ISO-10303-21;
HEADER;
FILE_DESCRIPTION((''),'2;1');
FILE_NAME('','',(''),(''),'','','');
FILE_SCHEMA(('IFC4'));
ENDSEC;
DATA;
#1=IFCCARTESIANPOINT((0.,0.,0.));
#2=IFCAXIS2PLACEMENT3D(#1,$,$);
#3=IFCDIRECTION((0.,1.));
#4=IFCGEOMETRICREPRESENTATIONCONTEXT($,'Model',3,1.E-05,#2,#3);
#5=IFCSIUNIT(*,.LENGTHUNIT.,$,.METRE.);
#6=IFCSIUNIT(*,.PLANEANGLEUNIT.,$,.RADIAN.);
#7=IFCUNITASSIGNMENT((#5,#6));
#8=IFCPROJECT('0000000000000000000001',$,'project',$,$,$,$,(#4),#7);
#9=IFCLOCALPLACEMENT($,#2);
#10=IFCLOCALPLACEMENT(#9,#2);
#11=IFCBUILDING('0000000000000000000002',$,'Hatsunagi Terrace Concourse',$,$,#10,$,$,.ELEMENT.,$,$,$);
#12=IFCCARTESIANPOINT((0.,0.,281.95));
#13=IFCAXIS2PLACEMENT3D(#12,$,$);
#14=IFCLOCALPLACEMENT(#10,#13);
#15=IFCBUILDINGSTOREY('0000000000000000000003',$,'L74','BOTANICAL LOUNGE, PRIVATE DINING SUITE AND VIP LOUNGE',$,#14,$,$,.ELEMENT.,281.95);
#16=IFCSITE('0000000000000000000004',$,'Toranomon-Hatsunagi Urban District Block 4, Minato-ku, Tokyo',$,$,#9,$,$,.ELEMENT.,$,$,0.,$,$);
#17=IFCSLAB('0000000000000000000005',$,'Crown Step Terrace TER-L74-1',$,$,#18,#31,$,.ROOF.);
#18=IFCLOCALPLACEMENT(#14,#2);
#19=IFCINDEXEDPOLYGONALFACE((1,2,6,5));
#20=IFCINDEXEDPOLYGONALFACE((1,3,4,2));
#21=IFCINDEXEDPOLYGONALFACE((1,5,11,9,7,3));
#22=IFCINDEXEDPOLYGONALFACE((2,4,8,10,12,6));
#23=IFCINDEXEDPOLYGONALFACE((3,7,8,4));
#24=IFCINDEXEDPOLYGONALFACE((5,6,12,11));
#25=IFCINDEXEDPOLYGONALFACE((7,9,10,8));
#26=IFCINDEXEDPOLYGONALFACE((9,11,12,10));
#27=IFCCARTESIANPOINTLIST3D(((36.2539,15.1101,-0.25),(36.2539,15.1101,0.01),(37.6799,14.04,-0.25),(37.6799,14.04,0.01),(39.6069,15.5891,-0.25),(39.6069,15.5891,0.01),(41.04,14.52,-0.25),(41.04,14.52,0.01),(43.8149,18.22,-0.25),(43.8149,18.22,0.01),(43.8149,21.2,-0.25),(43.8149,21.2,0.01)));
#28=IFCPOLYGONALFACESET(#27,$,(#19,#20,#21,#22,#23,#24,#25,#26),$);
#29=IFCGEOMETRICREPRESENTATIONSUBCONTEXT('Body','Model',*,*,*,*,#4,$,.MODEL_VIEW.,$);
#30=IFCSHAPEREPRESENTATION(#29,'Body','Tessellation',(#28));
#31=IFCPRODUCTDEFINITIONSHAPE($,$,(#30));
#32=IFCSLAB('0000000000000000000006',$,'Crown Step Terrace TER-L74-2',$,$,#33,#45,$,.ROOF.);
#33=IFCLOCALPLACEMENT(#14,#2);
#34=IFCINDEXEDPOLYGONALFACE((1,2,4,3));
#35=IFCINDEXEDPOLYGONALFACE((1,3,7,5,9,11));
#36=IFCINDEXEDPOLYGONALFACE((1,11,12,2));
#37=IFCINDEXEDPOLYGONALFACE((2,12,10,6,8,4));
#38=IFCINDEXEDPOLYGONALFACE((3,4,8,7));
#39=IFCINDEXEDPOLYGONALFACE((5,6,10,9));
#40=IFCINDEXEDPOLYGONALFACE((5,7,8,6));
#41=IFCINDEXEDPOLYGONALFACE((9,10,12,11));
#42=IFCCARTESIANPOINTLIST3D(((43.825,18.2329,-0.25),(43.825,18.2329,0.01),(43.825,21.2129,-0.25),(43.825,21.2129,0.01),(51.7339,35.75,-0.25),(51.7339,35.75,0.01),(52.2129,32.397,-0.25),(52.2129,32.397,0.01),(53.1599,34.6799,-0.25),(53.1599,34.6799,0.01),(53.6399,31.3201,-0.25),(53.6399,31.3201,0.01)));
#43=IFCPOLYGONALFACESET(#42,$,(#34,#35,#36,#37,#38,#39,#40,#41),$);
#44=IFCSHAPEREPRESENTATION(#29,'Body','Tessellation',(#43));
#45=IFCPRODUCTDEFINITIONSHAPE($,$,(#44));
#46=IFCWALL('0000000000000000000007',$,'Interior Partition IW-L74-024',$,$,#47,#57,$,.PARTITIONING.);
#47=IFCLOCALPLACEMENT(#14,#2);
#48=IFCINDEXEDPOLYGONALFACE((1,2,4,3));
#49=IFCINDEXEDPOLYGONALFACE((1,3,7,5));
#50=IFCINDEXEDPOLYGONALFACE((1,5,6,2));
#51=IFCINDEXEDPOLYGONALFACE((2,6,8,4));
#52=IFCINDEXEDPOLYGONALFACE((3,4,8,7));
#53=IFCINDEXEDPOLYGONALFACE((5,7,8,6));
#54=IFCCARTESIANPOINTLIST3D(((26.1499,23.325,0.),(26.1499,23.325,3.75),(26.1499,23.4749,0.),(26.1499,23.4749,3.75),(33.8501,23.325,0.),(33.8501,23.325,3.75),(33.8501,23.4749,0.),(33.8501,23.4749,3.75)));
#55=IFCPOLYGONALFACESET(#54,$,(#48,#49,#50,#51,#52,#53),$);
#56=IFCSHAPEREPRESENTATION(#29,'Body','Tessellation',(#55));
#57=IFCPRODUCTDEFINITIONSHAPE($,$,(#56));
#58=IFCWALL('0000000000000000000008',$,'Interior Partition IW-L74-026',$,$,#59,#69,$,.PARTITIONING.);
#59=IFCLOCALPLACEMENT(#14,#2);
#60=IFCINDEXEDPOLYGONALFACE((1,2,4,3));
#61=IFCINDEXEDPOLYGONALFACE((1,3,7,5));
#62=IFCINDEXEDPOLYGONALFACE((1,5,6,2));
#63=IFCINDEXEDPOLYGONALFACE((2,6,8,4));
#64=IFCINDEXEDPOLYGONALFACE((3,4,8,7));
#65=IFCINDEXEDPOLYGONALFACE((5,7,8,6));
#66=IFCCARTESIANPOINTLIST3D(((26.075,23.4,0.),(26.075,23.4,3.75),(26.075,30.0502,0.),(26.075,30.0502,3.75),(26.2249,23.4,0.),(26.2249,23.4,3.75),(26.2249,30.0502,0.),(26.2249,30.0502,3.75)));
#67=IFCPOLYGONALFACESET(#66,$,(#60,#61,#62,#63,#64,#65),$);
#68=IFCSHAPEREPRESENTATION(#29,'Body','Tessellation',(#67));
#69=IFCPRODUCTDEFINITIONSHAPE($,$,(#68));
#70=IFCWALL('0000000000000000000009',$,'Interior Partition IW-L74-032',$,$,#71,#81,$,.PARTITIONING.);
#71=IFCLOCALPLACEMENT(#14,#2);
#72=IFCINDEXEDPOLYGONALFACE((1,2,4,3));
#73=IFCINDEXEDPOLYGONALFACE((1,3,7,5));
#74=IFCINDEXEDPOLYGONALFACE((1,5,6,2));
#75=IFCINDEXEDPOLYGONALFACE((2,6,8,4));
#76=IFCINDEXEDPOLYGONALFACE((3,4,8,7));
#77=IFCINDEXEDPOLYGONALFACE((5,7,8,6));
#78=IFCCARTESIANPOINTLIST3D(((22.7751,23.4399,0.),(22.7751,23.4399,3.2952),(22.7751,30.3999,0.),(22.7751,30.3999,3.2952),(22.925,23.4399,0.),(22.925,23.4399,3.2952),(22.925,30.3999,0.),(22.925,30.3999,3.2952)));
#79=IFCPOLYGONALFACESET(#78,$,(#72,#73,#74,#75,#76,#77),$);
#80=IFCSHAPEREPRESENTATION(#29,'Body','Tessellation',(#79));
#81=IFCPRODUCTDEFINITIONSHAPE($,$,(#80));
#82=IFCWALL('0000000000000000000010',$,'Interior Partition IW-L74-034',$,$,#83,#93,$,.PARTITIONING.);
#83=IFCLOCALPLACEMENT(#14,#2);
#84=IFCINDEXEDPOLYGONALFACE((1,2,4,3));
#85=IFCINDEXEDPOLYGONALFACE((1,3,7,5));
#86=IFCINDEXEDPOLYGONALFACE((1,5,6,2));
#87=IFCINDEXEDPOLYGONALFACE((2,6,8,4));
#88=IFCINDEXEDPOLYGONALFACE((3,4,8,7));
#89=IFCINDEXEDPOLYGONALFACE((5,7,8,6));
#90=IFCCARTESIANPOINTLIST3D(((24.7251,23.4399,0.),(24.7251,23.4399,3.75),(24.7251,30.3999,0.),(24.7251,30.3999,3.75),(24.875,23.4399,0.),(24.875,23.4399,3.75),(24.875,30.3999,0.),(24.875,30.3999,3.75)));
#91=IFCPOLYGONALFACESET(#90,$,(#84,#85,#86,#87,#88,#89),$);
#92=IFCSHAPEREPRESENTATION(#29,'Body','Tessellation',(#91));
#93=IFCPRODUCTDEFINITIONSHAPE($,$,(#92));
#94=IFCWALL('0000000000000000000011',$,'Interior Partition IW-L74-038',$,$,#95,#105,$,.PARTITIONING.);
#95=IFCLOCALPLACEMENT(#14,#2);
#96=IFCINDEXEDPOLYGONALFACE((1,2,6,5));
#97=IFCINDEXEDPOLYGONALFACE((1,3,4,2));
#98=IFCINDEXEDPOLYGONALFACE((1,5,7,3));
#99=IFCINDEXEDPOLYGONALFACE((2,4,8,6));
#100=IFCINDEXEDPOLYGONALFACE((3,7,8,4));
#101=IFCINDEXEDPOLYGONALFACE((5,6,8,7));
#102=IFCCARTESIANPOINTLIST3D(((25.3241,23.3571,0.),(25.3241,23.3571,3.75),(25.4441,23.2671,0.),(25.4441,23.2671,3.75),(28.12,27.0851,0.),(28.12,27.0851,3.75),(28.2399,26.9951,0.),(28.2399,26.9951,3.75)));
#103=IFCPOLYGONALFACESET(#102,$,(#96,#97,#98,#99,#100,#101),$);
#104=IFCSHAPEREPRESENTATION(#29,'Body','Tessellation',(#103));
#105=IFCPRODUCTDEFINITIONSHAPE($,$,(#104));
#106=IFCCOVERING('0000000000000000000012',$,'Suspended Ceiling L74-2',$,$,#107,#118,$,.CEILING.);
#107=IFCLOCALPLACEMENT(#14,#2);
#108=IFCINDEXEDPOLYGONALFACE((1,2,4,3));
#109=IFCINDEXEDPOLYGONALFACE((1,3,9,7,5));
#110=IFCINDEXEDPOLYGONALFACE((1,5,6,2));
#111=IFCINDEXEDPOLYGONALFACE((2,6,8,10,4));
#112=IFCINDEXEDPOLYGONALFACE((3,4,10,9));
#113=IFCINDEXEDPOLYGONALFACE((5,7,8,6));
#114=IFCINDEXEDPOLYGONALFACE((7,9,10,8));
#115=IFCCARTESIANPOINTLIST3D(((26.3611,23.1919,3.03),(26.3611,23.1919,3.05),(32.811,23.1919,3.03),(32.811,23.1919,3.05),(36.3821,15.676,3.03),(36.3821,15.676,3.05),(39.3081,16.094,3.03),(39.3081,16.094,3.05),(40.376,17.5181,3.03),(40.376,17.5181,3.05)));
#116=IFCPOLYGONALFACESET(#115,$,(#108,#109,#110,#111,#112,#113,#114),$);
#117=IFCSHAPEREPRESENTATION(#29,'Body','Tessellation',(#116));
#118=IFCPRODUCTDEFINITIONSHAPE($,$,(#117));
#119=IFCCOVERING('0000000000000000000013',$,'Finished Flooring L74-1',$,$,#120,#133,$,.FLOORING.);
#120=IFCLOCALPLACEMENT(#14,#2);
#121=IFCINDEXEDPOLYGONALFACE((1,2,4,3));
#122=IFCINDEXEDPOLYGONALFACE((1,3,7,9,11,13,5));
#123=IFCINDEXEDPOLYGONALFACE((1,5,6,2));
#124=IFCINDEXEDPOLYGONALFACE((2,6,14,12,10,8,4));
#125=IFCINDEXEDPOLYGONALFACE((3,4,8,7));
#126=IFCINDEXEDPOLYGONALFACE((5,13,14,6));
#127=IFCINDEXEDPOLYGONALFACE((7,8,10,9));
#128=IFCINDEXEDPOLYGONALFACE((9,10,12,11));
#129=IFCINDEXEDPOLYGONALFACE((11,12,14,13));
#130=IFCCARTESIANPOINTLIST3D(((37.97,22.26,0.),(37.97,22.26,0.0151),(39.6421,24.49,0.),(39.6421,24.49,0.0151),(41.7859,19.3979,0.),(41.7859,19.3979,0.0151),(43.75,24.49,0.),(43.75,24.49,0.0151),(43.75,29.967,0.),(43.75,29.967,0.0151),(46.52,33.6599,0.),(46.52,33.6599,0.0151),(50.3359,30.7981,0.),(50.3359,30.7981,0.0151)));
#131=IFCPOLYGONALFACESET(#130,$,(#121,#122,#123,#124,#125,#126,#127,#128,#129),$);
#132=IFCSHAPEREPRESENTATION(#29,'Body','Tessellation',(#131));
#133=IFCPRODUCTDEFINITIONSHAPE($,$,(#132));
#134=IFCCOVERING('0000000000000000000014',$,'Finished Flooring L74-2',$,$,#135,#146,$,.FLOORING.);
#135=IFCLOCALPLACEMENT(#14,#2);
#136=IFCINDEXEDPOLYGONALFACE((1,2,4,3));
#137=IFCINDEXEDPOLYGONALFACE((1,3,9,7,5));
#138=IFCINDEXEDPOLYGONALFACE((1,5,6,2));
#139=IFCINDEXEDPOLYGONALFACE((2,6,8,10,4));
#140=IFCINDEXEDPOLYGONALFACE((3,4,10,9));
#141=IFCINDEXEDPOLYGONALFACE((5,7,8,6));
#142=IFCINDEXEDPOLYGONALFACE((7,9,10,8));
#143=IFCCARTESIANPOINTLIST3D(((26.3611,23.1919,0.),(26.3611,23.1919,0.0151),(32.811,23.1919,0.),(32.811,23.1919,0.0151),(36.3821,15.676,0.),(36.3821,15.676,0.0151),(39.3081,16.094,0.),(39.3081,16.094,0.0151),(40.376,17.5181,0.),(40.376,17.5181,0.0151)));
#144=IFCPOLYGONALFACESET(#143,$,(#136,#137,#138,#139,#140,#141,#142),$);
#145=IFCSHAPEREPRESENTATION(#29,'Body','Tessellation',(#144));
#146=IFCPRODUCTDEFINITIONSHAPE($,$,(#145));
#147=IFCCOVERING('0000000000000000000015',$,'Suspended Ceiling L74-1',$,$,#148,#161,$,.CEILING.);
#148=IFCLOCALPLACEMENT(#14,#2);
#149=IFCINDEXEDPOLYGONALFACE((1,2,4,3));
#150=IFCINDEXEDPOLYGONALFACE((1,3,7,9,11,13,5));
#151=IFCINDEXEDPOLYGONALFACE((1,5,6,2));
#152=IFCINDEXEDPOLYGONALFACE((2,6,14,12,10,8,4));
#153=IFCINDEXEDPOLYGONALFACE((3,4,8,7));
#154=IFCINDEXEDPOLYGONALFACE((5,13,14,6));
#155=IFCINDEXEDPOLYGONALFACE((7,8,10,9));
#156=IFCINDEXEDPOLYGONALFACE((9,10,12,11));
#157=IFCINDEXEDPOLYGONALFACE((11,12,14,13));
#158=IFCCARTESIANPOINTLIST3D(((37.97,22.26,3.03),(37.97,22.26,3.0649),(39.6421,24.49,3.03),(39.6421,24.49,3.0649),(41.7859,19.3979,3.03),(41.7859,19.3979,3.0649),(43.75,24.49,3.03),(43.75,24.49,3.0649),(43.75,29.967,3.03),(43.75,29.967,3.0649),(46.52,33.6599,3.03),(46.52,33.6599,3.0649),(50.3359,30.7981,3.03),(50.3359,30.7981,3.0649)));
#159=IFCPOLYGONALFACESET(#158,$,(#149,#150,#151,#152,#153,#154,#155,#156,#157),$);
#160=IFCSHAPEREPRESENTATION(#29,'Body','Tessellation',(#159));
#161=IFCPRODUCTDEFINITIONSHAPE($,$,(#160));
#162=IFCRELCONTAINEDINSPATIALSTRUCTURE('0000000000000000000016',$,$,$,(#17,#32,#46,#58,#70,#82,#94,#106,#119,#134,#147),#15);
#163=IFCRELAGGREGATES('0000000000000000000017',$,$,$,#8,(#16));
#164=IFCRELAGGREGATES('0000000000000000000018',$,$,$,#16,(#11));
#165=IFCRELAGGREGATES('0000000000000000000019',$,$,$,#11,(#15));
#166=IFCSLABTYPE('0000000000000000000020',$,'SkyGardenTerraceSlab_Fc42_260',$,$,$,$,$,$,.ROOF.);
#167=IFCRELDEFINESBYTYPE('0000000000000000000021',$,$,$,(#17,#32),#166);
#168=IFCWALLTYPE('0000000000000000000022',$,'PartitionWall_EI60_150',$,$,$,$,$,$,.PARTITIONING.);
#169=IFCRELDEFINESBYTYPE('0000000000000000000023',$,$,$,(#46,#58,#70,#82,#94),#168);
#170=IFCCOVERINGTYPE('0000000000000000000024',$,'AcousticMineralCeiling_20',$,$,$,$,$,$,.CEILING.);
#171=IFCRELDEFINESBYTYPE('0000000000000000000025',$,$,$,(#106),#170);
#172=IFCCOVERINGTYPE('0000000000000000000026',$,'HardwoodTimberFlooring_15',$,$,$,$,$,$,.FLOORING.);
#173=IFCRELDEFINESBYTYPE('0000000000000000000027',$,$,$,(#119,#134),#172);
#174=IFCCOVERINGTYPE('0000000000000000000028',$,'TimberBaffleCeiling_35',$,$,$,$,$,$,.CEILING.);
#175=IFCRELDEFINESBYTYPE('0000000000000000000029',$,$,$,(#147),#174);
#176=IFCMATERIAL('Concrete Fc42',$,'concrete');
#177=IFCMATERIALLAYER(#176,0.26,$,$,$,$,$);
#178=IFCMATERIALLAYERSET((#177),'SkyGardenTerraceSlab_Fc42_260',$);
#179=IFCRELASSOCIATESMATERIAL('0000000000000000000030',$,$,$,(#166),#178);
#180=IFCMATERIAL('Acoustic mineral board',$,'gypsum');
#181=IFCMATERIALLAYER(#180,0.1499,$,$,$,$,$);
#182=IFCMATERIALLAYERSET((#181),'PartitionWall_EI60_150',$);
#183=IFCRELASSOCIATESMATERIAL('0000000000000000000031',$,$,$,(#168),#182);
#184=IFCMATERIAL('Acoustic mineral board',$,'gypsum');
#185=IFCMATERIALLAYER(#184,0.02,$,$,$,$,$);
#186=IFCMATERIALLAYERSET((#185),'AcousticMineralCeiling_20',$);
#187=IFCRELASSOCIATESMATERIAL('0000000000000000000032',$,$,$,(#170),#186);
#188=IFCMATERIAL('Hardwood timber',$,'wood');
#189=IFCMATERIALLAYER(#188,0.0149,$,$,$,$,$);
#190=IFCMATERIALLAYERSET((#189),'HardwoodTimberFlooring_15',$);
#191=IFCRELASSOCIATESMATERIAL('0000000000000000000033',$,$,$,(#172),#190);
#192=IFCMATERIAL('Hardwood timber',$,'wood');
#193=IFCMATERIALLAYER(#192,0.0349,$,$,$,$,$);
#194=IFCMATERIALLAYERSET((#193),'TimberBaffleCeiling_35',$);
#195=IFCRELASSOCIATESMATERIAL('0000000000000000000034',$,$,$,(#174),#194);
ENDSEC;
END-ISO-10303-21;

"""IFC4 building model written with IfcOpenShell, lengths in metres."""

from ifc_helpers import new_model, si_unit, direction, frame, frame_2d, origin, place, context, subcontext, project, spatial, polyline, rectangle, outline, extrude, material, layer, layer_set, type_object, element, save


model = new_model("IFC4")

# Units and contexts
model_context = context("Model", 3, precision=1e-05, world=origin(), true_north=direction((0.0, 1.0)))
body_context = subcontext(model_context, "Body", "Model", "MODEL_VIEW")
ifc_project = project(units=[si_unit("LENGTHUNIT", "METRE"), si_unit("PLANEANGLEUNIT", "RADIAN")], contexts=[model_context])

# Site, building, storey
site_placement = place(None, origin())
site = spatial("IfcSite", under=ifc_project, at=site_placement, Name="Toranomon-Hatsunagi Urban District Block 4, Minato-ku, Tokyo", CompositionType="ELEMENT", RefElevation=0.0)
building_placement = place(site_placement, origin())
building = spatial("IfcBuilding", under=site, at=building_placement, Name="Hatsunagi Terrace Concourse", CompositionType="ELEMENT")
storey_placement = place(building_placement, frame((0.0, 0.0, 281.95)))
storey = spatial("IfcBuildingStorey", under=building, at=storey_placement, Name="L74", Description="BOTANICAL LOUNGE, PRIVATE DINING SUITE AND VIP LOUNGE", CompositionType="ELEMENT", Elevation=281.95)

# Slabs
ifc_material_1 = material(Name="Concrete Fc42", Category="concrete")
ifc_layer_1 = layer(ifc_material_1, 0.26)
ifc_layer_set_1 = layer_set([ifc_layer_1], Name="SkyGardenTerraceSlab_Fc42_260")
slab_type_1 = type_object("IfcSlabType", Name="SkyGardenTerraceSlab_Fc42_260", PredefinedType="ROOF", material=ifc_layer_set_1)
slab_1_placement = place(storey_placement, frame((0.0, 0.0, -0.25)))
element("IfcSlab", 1, at=slab_1_placement, inside=storey, type_object=slab_type_1, Name="Crown Step Terrace TER-L74-1", PredefinedType="ROOF", context=body_context, shape_type="SweptSolid", body=[
    extrude(outline(polyline([(41.04, 14.52), (43.8149, 18.22), (43.8149, 21.2), (39.6069, 15.5891), (36.2539, 15.1101), (37.6799, 14.04), (41.04, 14.52)])), origin(), (0.0, 0.0, 1.0), 0.26),
])
slab_2_placement = place(storey_placement, frame((0.0, 0.0, -0.25)))
element("IfcSlab", 2, at=slab_2_placement, inside=storey, type_object=slab_type_1, Name="Crown Step Terrace TER-L74-2", PredefinedType="ROOF", context=body_context, shape_type="SweptSolid", body=[
    extrude(outline(polyline([(53.6399, 31.3201), (53.1599, 34.6799), (51.7339, 35.75), (52.2129, 32.397), (43.825, 21.2129), (43.825, 18.2329), (53.6399, 31.3201)])), origin(), (0.0, 0.0, 1.0), 0.26),
])

# Walls
ifc_material_2 = material(Name="Acoustic mineral board", Category="gypsum")
ifc_layer_2 = layer(ifc_material_2, 0.1499)
ifc_layer_set_2 = layer_set([ifc_layer_2], Name="PartitionWall_EI60_150")
wall_type = type_object("IfcWallType", Name="PartitionWall_EI60_150", PredefinedType="PARTITIONING", material=ifc_layer_set_2)
wall_1_placement = place(storey_placement, frame((26.1499, 23.3999, 0.0), z_axis=(0.0, 0.0, 1.0), x_axis=(1.0, 0.0, 0.0)))
element("IfcWall", 3, at=wall_1_placement, inside=storey, type_object=wall_type, Name="Interior Partition IW-L74-024", PredefinedType="PARTITIONING", context=body_context, shape_type="SweptSolid", body=[
    extrude(rectangle(XDim=7.7002, YDim=0.1499, at=frame_2d((3.8501, 0.0))), origin(), (0.0, 0.0, 1.0), 3.75),
])
wall_2_placement = place(storey_placement, frame((26.1499, 23.3999, 0.0), z_axis=(0.0, 0.0, 1.0), x_axis=(0.0, 1.0, 0.0)))
element("IfcWall", 4, at=wall_2_placement, inside=storey, type_object=wall_type, Name="Interior Partition IW-L74-026", PredefinedType="PARTITIONING", context=body_context, shape_type="SweptSolid", body=[
    extrude(rectangle(XDim=6.6501, YDim=0.1499, at=frame_2d((3.3252, 0.0))), origin(), (0.0, 0.0, 1.0), 3.75),
])
wall_3_placement = place(storey_placement, frame((22.8501, 23.4399, 0.0), z_axis=(0.0, 0.0, 1.0), x_axis=(0.0, 1.0, 0.0)))
element("IfcWall", 5, at=wall_3_placement, inside=storey, type_object=wall_type, Name="Interior Partition IW-L74-032", PredefinedType="PARTITIONING", context=body_context, shape_type="SweptSolid", body=[
    extrude(rectangle(XDim=6.96, YDim=0.1499, at=frame_2d((3.48, 0.0))), origin(), (0.0, 0.0, 1.0), 3.2952),
])
wall_4_placement = place(storey_placement, frame((24.8, 23.4399, 0.0), z_axis=(0.0, 0.0, 1.0), x_axis=(0.0, 1.0, 0.0)))
element("IfcWall", 6, at=wall_4_placement, inside=storey, type_object=wall_type, Name="Interior Partition IW-L74-034", PredefinedType="PARTITIONING", context=body_context, shape_type="SweptSolid", body=[
    extrude(rectangle(XDim=6.96, YDim=0.1499, at=frame_2d((3.48, 0.0))), origin(), (0.0, 0.0, 1.0), 3.75),
])
wall_5_placement = place(storey_placement, frame((25.384, 23.312, 0.0), z_axis=(0.0, 0.0, 1.0), x_axis=(0.599983, 0.800013, 0.0)))
element("IfcWall", 7, at=wall_5_placement, inside=storey, type_object=wall_type, Name="Interior Partition IW-L74-038", PredefinedType="PARTITIONING", context=body_context, shape_type="SweptSolid", body=[
    extrude(rectangle(XDim=4.6599, YDim=0.1499, at=frame_2d((2.3301, 0.0))), origin(), (0.0, 0.0, 1.0), 3.75),
])

# Coverings
ifc_material_3 = material(Name="Acoustic mineral board", Category="gypsum")
ifc_layer_3 = layer(ifc_material_3, 0.02)
ifc_layer_set_3 = layer_set([ifc_layer_3], Name="AcousticMineralCeiling_20")
covering_type_1 = type_object("IfcCoveringType", Name="AcousticMineralCeiling_20", PredefinedType="CEILING", material=ifc_layer_set_3)
covering_1_placement = place(storey_placement, frame((0.0, 0.0, 3.03)))
element("IfcCovering", 8, at=covering_1_placement, inside=storey, type_object=covering_type_1, Name="Suspended Ceiling L74-2", PredefinedType="CEILING", context=body_context, shape_type="SweptSolid", body=[
    extrude(outline(polyline([(26.3611, 23.1919), (36.3821, 15.676), (39.3081, 16.094), (40.376, 17.5181), (32.811, 23.1919), (26.3611, 23.1919)])), origin(), (0.0, 0.0, 1.0), 0.02),
])
ifc_material_4 = material(Name="Hardwood timber", Category="wood")
ifc_layer_4 = layer(ifc_material_4, 0.0149)
ifc_layer_set_4 = layer_set([ifc_layer_4], Name="HardwoodTimberFlooring_15")
covering_type_2 = type_object("IfcCoveringType", Name="HardwoodTimberFlooring_15", PredefinedType="FLOORING", material=ifc_layer_set_4)
covering_2_placement = place(storey_placement, origin())
element("IfcCovering", 9, at=covering_2_placement, inside=storey, type_object=covering_type_2, Name="Finished Flooring L74-1", PredefinedType="FLOORING", context=body_context, shape_type="SweptSolid", body=[
    extrude(outline(polyline([(50.3359, 30.7981), (46.52, 33.6599), (43.75, 29.967), (43.75, 24.49), (39.6421, 24.49), (37.97, 22.26), (41.7859, 19.3979), (50.3359, 30.7981)])), origin(), (0.0, 0.0, 1.0), 0.0151),
])
covering_3_placement = place(storey_placement, origin())
element("IfcCovering", 10, at=covering_3_placement, inside=storey, type_object=covering_type_2, Name="Finished Flooring L74-2", PredefinedType="FLOORING", context=body_context, shape_type="SweptSolid", body=[
    extrude(outline(polyline([(26.3611, 23.1919), (36.3821, 15.676), (39.3081, 16.094), (40.376, 17.5181), (32.811, 23.1919), (26.3611, 23.1919)])), origin(), (0.0, 0.0, 1.0), 0.0151),
])
ifc_material_5 = material(Name="Hardwood timber", Category="wood")
ifc_layer_5 = layer(ifc_material_5, 0.0349)
ifc_layer_set_5 = layer_set([ifc_layer_5], Name="TimberBaffleCeiling_35")
covering_type_3 = type_object("IfcCoveringType", Name="TimberBaffleCeiling_35", PredefinedType="CEILING", material=ifc_layer_set_5)
covering_4_placement = place(storey_placement, frame((0.0, 0.0, 3.03)))
element("IfcCovering", 11, at=covering_4_placement, inside=storey, type_object=covering_type_3, Name="Suspended Ceiling L74-1", PredefinedType="CEILING", context=body_context, shape_type="SweptSolid", body=[
    extrude(outline(polyline([(50.3359, 30.7981), (46.52, 33.6599), (43.75, 29.967), (43.75, 24.49), (39.6421, 24.49), (37.97, 22.26), (41.7859, 19.3979), (50.3359, 30.7981)])), origin(), (0.0, 0.0, 1.0), 0.0349),
])

save(model, "model.ifc")
